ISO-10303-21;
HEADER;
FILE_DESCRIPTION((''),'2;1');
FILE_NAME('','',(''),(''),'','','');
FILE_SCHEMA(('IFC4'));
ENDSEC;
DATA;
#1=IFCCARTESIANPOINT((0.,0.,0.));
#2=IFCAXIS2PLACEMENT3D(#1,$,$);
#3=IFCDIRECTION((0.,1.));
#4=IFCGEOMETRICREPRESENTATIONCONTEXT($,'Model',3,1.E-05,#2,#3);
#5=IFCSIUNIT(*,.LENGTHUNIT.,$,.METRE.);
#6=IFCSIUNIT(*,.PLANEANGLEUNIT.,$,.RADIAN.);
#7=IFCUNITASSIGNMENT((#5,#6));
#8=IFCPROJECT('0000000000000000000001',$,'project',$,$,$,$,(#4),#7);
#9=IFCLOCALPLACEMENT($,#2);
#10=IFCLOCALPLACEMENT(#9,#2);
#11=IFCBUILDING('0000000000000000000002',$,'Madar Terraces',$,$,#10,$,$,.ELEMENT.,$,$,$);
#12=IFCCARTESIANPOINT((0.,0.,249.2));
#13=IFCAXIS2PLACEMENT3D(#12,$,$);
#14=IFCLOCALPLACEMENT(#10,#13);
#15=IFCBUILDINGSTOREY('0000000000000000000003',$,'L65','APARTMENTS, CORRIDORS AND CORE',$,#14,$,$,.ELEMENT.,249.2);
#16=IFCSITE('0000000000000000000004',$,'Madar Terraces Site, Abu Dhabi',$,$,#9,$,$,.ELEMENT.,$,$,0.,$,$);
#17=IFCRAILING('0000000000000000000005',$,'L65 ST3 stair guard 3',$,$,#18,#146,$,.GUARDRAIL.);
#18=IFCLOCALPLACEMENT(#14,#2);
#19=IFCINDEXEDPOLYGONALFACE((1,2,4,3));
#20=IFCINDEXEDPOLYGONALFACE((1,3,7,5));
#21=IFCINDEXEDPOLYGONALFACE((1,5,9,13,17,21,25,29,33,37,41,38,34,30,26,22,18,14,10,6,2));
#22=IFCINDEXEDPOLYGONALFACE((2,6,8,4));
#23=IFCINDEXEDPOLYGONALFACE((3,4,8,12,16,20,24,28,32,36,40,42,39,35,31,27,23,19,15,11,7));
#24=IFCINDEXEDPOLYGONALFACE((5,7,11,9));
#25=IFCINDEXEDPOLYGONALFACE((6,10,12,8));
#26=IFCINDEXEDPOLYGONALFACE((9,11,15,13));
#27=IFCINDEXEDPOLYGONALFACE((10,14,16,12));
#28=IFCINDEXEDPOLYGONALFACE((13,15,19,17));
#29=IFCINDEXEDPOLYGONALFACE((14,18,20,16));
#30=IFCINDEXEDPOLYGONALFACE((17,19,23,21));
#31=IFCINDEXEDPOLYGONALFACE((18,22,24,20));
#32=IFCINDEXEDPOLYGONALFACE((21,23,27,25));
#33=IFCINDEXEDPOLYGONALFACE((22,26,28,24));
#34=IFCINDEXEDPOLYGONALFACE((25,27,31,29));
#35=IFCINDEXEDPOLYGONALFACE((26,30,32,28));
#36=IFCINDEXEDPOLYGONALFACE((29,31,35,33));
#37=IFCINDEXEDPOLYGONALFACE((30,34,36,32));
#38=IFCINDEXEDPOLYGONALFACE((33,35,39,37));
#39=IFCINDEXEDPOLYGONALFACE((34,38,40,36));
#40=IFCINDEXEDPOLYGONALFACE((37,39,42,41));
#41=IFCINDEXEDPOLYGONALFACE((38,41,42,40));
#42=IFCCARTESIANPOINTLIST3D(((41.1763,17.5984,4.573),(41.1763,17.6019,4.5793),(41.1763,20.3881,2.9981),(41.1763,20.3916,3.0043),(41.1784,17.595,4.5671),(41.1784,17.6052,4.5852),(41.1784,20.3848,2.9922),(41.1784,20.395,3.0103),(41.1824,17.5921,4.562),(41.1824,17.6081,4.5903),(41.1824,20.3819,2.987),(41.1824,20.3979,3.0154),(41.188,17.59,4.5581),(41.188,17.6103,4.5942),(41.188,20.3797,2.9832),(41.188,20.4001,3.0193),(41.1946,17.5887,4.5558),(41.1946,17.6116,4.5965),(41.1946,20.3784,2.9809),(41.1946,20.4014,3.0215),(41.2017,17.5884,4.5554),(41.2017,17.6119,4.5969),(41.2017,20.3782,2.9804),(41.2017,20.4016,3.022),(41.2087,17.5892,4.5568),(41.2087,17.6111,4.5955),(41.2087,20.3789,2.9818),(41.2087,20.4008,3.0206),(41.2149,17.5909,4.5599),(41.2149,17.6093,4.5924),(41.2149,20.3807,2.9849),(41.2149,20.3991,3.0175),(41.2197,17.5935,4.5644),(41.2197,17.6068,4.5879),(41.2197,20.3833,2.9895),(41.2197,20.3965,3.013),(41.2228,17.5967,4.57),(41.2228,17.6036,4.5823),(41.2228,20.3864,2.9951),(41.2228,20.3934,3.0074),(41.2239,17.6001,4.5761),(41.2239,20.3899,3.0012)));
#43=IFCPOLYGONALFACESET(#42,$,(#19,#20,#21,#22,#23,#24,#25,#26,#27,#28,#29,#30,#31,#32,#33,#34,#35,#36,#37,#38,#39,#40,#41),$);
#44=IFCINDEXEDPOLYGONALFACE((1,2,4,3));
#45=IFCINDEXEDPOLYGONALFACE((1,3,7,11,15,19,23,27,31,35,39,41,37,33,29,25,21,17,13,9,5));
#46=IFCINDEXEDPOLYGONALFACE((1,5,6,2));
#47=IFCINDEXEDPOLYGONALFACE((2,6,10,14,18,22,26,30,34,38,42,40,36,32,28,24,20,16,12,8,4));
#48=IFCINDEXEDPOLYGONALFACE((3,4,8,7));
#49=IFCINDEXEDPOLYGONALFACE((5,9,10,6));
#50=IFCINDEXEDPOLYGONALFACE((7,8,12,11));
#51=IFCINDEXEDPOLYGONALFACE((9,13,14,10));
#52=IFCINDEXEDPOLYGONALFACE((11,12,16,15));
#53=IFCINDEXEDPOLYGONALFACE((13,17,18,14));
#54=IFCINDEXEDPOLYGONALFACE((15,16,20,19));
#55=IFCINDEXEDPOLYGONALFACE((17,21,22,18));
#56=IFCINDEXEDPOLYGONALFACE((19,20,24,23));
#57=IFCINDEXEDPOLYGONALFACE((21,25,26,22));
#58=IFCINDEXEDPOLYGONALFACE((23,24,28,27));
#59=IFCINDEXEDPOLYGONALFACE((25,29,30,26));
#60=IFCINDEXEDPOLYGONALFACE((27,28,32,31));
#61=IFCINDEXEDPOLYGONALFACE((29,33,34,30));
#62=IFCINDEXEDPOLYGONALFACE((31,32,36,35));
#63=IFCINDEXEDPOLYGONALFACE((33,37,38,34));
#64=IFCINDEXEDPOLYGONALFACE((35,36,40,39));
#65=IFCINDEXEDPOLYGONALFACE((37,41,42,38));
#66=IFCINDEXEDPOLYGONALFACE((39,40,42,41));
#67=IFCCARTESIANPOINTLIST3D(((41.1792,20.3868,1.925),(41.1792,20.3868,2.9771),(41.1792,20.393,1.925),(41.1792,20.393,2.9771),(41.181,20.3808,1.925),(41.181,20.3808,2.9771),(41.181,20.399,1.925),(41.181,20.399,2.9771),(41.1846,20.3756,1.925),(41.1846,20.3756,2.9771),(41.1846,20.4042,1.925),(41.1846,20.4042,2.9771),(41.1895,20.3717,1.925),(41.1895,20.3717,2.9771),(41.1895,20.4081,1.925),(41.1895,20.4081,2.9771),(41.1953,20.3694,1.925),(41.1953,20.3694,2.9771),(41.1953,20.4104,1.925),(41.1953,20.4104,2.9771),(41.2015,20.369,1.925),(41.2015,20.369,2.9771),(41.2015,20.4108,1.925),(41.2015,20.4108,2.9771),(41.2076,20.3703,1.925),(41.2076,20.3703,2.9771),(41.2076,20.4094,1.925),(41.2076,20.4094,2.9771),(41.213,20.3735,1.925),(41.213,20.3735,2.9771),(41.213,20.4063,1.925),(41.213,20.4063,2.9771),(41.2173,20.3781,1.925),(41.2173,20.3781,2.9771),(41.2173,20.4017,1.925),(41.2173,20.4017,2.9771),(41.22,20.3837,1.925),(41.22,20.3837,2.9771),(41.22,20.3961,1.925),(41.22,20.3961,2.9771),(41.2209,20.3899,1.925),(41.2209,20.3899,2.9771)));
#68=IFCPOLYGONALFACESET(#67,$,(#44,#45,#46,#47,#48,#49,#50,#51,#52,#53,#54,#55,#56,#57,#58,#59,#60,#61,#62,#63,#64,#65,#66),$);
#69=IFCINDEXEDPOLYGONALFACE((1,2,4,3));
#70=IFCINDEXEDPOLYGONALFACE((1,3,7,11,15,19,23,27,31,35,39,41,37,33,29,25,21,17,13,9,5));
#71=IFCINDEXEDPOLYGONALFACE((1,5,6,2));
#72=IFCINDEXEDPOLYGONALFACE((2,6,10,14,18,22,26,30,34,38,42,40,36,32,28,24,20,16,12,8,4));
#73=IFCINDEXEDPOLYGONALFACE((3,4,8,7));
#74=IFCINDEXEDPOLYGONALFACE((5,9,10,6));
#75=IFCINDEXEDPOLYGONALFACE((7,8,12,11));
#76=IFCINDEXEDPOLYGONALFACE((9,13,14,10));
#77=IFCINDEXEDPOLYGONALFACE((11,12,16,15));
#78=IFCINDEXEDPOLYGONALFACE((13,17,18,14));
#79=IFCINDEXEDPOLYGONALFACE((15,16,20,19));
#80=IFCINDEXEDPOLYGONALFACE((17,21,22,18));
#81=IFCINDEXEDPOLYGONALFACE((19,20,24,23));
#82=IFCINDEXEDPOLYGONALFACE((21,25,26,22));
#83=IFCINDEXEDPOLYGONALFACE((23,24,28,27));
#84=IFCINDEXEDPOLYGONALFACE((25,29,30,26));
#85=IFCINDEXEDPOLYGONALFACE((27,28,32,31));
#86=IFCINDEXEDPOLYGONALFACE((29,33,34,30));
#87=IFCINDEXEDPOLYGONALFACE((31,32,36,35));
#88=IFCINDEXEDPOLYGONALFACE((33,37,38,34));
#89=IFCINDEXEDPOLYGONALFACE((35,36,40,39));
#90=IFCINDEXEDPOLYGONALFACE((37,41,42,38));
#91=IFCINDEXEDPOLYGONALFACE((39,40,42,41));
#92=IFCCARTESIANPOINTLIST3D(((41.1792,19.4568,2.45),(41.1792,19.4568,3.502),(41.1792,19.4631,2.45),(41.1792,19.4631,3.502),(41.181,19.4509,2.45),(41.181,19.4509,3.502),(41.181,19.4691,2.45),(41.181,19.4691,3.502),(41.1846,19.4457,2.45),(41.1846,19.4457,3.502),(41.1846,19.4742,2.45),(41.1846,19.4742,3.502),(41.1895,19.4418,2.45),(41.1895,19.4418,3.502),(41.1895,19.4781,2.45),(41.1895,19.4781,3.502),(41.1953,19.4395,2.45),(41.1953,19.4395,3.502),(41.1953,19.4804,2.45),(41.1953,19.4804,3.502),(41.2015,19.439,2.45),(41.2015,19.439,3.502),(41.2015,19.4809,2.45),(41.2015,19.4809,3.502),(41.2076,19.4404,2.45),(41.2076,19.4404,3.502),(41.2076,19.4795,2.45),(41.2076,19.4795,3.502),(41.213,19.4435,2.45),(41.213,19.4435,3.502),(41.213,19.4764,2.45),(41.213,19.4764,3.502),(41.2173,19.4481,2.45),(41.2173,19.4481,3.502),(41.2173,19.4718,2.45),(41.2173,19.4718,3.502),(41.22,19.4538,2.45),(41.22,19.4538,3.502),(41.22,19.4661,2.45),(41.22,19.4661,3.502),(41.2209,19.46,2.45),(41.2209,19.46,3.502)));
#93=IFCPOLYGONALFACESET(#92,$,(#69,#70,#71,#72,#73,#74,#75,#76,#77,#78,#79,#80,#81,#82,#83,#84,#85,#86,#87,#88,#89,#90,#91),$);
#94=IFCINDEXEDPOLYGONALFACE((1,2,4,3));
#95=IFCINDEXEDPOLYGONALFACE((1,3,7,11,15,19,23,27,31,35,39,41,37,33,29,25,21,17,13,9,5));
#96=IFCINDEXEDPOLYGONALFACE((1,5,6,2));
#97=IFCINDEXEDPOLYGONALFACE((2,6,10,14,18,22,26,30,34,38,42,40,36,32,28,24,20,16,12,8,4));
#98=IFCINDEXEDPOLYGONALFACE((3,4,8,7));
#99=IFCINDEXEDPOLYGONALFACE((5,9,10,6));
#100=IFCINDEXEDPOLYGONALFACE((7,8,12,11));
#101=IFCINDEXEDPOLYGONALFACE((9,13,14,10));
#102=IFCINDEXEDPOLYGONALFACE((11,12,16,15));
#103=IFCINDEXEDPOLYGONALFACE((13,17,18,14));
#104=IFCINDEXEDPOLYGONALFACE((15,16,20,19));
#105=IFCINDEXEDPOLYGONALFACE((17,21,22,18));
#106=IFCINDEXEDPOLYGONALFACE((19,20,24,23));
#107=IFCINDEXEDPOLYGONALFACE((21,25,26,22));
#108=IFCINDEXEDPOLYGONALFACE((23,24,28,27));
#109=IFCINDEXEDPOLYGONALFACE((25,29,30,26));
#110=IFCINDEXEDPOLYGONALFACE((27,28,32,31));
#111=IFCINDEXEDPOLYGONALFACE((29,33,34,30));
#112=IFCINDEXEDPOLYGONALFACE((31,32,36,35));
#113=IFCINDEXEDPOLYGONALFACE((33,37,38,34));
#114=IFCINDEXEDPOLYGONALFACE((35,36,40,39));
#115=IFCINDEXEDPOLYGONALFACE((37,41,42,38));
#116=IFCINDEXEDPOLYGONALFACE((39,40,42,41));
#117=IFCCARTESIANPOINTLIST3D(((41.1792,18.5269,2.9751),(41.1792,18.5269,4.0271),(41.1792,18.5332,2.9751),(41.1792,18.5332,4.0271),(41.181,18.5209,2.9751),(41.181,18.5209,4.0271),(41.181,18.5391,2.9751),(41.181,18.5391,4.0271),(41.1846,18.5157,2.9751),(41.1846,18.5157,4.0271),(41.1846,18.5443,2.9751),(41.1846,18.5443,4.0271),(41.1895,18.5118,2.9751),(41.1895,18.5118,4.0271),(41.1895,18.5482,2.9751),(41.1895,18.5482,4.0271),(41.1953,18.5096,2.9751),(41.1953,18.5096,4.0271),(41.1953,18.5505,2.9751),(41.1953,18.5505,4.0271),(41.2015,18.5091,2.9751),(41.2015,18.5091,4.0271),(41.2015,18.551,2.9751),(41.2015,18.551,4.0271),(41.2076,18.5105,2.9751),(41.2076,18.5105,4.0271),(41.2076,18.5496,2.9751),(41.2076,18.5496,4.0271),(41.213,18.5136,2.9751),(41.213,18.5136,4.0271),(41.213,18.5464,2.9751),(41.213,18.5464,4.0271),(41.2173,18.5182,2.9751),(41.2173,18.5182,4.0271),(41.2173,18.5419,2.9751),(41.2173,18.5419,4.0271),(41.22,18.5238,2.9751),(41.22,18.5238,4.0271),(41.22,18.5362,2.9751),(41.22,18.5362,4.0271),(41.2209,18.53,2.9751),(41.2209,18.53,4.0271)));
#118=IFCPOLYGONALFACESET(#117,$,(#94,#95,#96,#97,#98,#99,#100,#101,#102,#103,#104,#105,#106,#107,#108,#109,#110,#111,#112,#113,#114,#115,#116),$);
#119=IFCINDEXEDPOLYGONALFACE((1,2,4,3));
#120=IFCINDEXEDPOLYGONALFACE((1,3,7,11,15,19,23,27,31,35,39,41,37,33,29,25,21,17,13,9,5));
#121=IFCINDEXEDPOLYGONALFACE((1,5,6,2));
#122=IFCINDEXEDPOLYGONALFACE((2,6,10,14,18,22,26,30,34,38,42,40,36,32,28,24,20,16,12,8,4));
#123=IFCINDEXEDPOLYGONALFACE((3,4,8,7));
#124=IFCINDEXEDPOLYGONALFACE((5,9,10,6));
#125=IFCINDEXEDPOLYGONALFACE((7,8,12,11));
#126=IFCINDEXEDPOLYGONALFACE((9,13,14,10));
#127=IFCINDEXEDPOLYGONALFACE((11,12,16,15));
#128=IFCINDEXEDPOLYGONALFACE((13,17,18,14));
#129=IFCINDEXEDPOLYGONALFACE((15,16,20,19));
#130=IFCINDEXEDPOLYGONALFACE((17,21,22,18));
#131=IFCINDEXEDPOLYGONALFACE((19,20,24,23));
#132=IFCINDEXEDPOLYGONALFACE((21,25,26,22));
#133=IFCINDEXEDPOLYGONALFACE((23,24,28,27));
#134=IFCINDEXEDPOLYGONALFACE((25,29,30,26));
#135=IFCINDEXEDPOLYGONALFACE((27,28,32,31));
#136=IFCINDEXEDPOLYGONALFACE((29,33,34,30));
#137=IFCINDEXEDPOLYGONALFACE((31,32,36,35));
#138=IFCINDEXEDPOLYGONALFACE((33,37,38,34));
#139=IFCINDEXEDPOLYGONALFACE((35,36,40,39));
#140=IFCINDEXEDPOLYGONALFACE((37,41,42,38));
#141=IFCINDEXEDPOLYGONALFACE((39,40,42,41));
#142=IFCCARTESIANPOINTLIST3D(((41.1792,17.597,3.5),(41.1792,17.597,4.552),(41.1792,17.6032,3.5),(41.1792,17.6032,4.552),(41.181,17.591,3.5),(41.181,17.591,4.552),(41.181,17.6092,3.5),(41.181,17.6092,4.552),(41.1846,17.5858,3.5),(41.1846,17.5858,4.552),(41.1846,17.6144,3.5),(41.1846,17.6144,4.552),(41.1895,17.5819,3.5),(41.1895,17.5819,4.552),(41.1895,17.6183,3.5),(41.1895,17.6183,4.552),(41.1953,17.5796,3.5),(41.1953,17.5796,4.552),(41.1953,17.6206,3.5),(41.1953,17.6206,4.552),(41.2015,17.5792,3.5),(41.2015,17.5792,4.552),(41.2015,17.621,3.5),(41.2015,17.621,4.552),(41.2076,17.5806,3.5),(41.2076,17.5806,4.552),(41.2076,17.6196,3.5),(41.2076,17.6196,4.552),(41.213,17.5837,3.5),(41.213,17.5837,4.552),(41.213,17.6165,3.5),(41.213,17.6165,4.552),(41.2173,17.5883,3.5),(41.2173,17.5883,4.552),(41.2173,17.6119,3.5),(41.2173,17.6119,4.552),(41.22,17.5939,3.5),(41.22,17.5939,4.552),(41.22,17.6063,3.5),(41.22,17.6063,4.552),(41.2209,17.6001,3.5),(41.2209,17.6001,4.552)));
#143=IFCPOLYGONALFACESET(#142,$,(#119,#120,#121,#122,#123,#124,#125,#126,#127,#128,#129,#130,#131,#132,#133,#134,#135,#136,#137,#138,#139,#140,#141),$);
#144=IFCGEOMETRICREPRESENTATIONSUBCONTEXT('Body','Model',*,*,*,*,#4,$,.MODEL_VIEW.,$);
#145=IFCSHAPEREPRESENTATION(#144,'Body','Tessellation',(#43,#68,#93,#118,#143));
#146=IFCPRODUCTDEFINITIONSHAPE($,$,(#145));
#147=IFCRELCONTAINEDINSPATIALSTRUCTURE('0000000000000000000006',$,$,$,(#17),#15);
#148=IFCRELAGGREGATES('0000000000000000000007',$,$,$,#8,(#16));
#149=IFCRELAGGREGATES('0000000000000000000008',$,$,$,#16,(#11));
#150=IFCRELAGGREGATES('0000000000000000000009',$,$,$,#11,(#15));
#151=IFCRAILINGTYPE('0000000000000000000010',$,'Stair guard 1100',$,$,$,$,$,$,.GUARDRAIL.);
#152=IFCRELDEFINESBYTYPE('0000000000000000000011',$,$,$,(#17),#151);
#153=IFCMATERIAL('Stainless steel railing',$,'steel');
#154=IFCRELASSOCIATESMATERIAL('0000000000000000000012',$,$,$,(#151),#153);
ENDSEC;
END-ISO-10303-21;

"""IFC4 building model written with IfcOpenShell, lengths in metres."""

from ifc_helpers import new_model, si_unit, direction, frame, origin, origin_2d, place, context, subcontext, project, spatial, circle, extrude, material, type_object, element, save


model = new_model("IFC4")

# Units and contexts
model_context = context("Model", 3, precision=1e-05, world=origin(), true_north=direction((0.0, 1.0)))
body_context = subcontext(model_context, "Body", "Model", "MODEL_VIEW")
ifc_project = project(units=[si_unit("LENGTHUNIT", "METRE"), si_unit("PLANEANGLEUNIT", "RADIAN")], contexts=[model_context])

# Site, building, storey
site_placement = place(None, origin())
site = spatial("IfcSite", under=ifc_project, at=site_placement, Name="Madar Terraces Site, Abu Dhabi", CompositionType="ELEMENT", RefElevation=0.0)
building_placement = place(site_placement, origin())
building = spatial("IfcBuilding", under=site, at=building_placement, Name="Madar Terraces", CompositionType="ELEMENT")
storey_placement = place(building_placement, frame((0.0, 0.0, 249.2)))
storey = spatial("IfcBuildingStorey", under=building, at=storey_placement, Name="L65", Description="APARTMENTS, CORRIDORS AND CORE", CompositionType="ELEMENT", Elevation=249.2)

# Railing
ifc_material_1 = material(Name="Stainless steel railing", Category="steel")
railing_type_1 = type_object("IfcRailingType", Name="Stair guard 1100", PredefinedType="GUARDRAIL", material=ifc_material_1)
railing_1_placement = place(storey_placement, frame((41.2, 20.3899, 1.925)))
element("IfcRailing", 1, at=railing_1_placement, inside=storey, type_object=railing_type_1, Name="L65 ST3 stair guard 3", PredefinedType="GUARDRAIL", context=body_context, shape_type="SweptSolid", body=[
    extrude(circle(Radius=0.0239, at=origin_2d()), frame((0.0, 0.0, 1.0762), z_axis=(0.0, -0.870815, 0.49161), x_axis=(1.0, 0.0, 0.0)), (0.0, 0.0, 1.0), 3.2036),
    extrude(circle(Radius=0.021, at=origin_2d()), origin(), (0.0, 0.0, 1.0), 1.052),
    extrude(circle(Radius=0.021, at=origin_2d()), frame((0.0, -0.9299, 0.5249)), (0.0, 0.0, 1.0), 1.052),
    extrude(circle(Radius=0.021, at=origin_2d()), frame((0.0, -1.8599, 1.05)), (0.0, 0.0, 1.0), 1.052),
    extrude(circle(Radius=0.021, at=origin_2d()), frame((0.0, -2.7898, 1.575)), (0.0, 0.0, 1.0), 1.052),
])

save(model, "model.ifc")
